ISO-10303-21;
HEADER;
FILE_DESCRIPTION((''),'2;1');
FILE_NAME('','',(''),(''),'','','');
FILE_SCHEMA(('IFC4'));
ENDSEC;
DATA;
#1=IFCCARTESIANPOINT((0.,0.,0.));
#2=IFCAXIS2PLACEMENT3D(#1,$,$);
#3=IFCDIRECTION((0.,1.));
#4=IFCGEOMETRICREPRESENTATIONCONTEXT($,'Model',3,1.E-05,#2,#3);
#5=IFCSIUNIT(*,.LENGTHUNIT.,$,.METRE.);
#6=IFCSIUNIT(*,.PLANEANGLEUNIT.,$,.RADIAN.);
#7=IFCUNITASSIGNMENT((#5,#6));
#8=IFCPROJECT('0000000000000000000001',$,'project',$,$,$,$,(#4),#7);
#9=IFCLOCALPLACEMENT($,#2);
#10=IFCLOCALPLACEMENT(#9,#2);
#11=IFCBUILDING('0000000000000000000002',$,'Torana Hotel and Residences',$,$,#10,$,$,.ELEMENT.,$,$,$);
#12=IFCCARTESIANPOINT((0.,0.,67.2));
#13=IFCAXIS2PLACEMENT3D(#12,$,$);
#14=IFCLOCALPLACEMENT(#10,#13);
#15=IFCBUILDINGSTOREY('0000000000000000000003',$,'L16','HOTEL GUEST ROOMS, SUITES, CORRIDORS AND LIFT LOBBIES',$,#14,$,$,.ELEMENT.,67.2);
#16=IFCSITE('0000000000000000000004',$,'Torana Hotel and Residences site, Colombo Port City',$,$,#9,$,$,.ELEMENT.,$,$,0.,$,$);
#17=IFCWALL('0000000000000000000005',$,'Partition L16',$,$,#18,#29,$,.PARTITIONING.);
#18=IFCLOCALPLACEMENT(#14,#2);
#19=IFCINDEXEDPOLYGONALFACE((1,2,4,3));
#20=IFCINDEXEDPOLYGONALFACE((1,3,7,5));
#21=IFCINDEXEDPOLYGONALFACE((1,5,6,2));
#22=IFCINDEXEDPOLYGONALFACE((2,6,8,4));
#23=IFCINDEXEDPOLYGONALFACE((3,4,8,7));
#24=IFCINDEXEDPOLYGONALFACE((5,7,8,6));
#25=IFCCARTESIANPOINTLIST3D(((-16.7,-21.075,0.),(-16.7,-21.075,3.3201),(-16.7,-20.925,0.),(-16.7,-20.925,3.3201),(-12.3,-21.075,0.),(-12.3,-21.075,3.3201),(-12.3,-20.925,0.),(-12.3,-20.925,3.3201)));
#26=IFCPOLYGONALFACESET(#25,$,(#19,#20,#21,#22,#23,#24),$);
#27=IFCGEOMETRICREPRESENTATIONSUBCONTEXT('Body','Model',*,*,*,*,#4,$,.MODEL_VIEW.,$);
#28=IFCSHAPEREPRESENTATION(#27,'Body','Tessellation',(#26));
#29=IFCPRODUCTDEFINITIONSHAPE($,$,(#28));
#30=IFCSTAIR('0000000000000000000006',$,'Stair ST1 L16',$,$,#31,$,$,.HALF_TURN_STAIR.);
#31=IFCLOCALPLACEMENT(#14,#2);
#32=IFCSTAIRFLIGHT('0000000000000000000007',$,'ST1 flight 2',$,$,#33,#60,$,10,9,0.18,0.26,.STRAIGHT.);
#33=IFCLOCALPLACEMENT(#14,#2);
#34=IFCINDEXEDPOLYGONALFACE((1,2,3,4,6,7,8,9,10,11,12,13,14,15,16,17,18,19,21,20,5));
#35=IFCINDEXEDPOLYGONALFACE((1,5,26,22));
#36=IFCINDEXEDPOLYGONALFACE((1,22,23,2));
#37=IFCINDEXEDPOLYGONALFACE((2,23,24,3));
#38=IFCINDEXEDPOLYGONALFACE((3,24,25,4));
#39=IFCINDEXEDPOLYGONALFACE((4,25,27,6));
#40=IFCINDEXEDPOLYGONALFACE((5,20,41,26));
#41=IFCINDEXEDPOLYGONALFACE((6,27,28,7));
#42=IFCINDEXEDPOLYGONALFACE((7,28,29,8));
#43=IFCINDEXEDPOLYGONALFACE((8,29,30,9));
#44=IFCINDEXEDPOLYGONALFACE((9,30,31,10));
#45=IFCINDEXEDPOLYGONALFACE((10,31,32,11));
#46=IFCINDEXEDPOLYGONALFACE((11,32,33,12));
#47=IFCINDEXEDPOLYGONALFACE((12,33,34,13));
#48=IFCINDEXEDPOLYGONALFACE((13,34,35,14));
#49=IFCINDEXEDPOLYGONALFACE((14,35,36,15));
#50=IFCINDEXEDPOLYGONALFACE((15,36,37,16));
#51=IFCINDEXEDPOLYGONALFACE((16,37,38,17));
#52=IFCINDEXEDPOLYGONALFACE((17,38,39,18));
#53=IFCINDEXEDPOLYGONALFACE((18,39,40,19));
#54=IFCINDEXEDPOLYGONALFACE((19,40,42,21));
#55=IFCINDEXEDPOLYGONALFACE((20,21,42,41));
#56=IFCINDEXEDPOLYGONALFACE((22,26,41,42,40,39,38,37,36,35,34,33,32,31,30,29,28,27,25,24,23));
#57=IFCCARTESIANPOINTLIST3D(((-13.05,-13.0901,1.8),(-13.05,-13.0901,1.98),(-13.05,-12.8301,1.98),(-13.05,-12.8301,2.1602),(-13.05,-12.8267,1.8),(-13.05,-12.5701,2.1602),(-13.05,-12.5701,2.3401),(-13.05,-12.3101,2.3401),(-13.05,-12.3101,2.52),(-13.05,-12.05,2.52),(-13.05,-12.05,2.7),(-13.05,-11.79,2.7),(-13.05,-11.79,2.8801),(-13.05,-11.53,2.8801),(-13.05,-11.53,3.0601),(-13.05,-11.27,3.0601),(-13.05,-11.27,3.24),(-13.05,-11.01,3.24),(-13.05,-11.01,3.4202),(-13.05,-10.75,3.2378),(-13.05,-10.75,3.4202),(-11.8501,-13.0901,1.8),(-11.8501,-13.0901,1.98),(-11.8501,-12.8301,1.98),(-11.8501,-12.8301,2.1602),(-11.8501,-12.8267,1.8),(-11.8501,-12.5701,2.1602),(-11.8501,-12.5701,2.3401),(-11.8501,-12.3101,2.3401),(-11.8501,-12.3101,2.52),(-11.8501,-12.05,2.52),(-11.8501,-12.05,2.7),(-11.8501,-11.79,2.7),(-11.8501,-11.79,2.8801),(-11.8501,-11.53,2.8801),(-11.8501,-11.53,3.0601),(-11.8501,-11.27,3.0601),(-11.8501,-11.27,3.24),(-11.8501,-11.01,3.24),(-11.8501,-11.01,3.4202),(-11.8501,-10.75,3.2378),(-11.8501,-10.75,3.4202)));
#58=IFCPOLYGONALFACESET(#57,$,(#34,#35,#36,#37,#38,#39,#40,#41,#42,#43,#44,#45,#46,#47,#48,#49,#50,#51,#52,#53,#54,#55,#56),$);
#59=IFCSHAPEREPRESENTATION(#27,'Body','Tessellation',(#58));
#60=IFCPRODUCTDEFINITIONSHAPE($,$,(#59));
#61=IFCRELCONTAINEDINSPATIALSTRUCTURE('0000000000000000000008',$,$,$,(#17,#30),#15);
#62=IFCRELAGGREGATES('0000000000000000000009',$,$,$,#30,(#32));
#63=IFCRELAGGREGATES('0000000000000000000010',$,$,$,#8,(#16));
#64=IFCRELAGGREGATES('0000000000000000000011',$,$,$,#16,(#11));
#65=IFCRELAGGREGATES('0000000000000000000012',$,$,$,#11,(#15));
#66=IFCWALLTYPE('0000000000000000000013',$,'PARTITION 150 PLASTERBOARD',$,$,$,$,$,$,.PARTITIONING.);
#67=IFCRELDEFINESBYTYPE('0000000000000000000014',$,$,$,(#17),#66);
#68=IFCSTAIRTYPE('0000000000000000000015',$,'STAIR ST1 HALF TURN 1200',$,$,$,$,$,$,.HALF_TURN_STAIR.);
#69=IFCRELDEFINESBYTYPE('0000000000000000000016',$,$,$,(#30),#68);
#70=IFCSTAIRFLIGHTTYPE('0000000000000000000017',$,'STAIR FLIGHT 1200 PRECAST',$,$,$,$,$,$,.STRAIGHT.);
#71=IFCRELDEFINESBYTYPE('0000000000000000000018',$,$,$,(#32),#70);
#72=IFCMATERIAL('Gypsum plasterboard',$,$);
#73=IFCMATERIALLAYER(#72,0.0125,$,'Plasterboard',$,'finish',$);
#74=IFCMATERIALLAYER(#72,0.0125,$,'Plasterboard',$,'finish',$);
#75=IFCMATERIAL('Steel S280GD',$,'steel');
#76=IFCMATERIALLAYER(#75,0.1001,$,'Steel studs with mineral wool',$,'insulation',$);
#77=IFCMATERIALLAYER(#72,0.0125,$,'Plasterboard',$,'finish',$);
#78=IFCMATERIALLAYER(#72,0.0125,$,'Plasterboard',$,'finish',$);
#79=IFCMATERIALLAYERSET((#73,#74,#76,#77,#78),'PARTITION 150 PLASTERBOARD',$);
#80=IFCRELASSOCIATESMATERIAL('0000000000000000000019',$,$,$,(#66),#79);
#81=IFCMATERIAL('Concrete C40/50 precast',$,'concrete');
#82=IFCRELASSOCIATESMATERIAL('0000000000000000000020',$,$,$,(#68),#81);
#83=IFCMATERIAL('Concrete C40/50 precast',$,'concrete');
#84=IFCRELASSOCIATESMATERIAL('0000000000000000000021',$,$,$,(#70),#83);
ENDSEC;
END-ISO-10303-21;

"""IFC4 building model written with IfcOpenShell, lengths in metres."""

from ifc_helpers import new_model, si_unit, direction, frame, frame_2d, origin, place, context, subcontext, project, spatial, polyline, rectangle, outline, extrude, material, layer, layer_set, type_object, element, aggregate, save


model = new_model("IFC4")

# Units and contexts
model_context = context("Model", 3, precision=1e-05, world=origin(), true_north=direction((0.0, 1.0)))
body_context = subcontext(model_context, "Body", "Model", "MODEL_VIEW")
ifc_project = project(units=[si_unit("LENGTHUNIT", "METRE"), si_unit("PLANEANGLEUNIT", "RADIAN")], contexts=[model_context])

# Site, building, storey
site_placement = place(None, origin())
site = spatial("IfcSite", under=ifc_project, at=site_placement, Name="Torana Hotel and Residences site, Colombo Port City", CompositionType="ELEMENT", RefElevation=0.0)
building_placement = place(site_placement, origin())
building = spatial("IfcBuilding", under=site, at=building_placement, Name="Torana Hotel and Residences", CompositionType="ELEMENT")
storey_placement = place(building_placement, frame((0.0, 0.0, 67.2)))
storey = spatial("IfcBuildingStorey", under=building, at=storey_placement, Name="L16", Description="HOTEL GUEST ROOMS, SUITES, CORRIDORS AND LIFT LOBBIES", CompositionType="ELEMENT", Elevation=67.2)

# Shared definitions
ifc_material_1 = material(Name="Gypsum plasterboard")
ifc_layer_1 = layer(ifc_material_1, 0.0125, Name="Plasterboard", Category="finish")
ifc_layer_2 = layer(ifc_material_1, 0.0125, Name="Plasterboard", Category="finish")
ifc_material_2 = material(Name="Steel S280GD", Category="steel")
ifc_layer_3 = layer(ifc_material_2, 0.1001, Name="Steel studs with mineral wool", Category="insulation")
ifc_layer_4 = layer(ifc_material_1, 0.0125, Name="Plasterboard", Category="finish")
ifc_layer_5 = layer(ifc_material_1, 0.0125, Name="Plasterboard", Category="finish")
ifc_layer_set_1 = layer_set([ifc_layer_1, ifc_layer_2, ifc_layer_3, ifc_layer_4, ifc_layer_5], Name="PARTITION 150 PLASTERBOARD")
wall_type_1 = type_object("IfcWallType", Name="PARTITION 150 PLASTERBOARD", PredefinedType="PARTITIONING", material=ifc_layer_set_1)

# Wall
wall_1_placement = place(storey_placement, frame((-16.7, -21.0, 0.0), z_axis=(0.0, 0.0, 1.0), x_axis=(1.0, 0.0, 0.0)))
element("IfcWall", 1, at=wall_1_placement, inside=storey, type_object=wall_type_1, Name="Partition L16", PredefinedType="PARTITIONING", context=body_context, shape_type="SweptSolid", body=[
    extrude(rectangle(XDim=4.3999, YDim=0.1499, at=frame_2d((2.2, 0.0))), origin(), (0.0, 0.0, 1.0), 3.3201),
])

# Stair, stair flight
ifc_material_3 = material(Name="Concrete C40/50 precast", Category="concrete")
stair_type = type_object("IfcStairType", Name="STAIR ST1 HALF TURN 1200", PredefinedType="HALF_TURN_STAIR", material=ifc_material_3)
stair_placement = place(storey_placement, origin())
stair = element("IfcStair", 2, at=stair_placement, inside=storey, type_object=stair_type, Name="Stair ST1 L16", PredefinedType="HALF_TURN_STAIR")
ifc_material_4 = material(Name="Concrete C40/50 precast", Category="concrete")
stair_flight_type = type_object("IfcStairFlightType", Name="STAIR FLIGHT 1200 PRECAST", PredefinedType="STRAIGHT", material=ifc_material_4)
stair_flight_placement = place(storey_placement, frame((-12.45, -13.0901, 1.8), z_axis=(0.0, 0.0, 1.0), x_axis=(0.0, 1.0, 0.0)))
stair_flight = element("IfcStairFlight", 3, at=stair_flight_placement, type_object=stair_flight_type, Name="ST1 flight 2", NumberOfRisers=10, NumberOfTreads=9, PredefinedType="STRAIGHT", RiserHeight=0.18, TreadLength=0.26, context=body_context, shape_type="SweptSolid", body=[
    extrude(outline(polyline([(0.0, 0.0), (0.0, 0.1799), (0.26, 0.1799), (0.26, 0.3601), (0.52, 0.3601), (0.52, 0.54), (0.78, 0.54), (0.78, 0.72), (1.04, 0.72), (1.04, 0.8999), (1.3, 0.8999), (1.3, 1.0801), (1.5601, 1.0801), (1.5601, 1.26), (1.8201, 1.26), (1.8201, 1.4399), (2.0801, 1.4399), (2.0801, 1.6201), (2.3401, 1.6201), (2.3401, 1.8), (2.3401, 1.4377), (0.2634, 0.0), (0.0, 0.0)])), frame((0.0, 0.6001, 0.0), z_axis=(0.0, -1.0, 0.0), x_axis=(1.0, 0.0, 0.0)), (0.0, 0.0, 1.0), 1.2),
])
aggregate(stair, [stair_flight])

save(model, "model.ifc")
